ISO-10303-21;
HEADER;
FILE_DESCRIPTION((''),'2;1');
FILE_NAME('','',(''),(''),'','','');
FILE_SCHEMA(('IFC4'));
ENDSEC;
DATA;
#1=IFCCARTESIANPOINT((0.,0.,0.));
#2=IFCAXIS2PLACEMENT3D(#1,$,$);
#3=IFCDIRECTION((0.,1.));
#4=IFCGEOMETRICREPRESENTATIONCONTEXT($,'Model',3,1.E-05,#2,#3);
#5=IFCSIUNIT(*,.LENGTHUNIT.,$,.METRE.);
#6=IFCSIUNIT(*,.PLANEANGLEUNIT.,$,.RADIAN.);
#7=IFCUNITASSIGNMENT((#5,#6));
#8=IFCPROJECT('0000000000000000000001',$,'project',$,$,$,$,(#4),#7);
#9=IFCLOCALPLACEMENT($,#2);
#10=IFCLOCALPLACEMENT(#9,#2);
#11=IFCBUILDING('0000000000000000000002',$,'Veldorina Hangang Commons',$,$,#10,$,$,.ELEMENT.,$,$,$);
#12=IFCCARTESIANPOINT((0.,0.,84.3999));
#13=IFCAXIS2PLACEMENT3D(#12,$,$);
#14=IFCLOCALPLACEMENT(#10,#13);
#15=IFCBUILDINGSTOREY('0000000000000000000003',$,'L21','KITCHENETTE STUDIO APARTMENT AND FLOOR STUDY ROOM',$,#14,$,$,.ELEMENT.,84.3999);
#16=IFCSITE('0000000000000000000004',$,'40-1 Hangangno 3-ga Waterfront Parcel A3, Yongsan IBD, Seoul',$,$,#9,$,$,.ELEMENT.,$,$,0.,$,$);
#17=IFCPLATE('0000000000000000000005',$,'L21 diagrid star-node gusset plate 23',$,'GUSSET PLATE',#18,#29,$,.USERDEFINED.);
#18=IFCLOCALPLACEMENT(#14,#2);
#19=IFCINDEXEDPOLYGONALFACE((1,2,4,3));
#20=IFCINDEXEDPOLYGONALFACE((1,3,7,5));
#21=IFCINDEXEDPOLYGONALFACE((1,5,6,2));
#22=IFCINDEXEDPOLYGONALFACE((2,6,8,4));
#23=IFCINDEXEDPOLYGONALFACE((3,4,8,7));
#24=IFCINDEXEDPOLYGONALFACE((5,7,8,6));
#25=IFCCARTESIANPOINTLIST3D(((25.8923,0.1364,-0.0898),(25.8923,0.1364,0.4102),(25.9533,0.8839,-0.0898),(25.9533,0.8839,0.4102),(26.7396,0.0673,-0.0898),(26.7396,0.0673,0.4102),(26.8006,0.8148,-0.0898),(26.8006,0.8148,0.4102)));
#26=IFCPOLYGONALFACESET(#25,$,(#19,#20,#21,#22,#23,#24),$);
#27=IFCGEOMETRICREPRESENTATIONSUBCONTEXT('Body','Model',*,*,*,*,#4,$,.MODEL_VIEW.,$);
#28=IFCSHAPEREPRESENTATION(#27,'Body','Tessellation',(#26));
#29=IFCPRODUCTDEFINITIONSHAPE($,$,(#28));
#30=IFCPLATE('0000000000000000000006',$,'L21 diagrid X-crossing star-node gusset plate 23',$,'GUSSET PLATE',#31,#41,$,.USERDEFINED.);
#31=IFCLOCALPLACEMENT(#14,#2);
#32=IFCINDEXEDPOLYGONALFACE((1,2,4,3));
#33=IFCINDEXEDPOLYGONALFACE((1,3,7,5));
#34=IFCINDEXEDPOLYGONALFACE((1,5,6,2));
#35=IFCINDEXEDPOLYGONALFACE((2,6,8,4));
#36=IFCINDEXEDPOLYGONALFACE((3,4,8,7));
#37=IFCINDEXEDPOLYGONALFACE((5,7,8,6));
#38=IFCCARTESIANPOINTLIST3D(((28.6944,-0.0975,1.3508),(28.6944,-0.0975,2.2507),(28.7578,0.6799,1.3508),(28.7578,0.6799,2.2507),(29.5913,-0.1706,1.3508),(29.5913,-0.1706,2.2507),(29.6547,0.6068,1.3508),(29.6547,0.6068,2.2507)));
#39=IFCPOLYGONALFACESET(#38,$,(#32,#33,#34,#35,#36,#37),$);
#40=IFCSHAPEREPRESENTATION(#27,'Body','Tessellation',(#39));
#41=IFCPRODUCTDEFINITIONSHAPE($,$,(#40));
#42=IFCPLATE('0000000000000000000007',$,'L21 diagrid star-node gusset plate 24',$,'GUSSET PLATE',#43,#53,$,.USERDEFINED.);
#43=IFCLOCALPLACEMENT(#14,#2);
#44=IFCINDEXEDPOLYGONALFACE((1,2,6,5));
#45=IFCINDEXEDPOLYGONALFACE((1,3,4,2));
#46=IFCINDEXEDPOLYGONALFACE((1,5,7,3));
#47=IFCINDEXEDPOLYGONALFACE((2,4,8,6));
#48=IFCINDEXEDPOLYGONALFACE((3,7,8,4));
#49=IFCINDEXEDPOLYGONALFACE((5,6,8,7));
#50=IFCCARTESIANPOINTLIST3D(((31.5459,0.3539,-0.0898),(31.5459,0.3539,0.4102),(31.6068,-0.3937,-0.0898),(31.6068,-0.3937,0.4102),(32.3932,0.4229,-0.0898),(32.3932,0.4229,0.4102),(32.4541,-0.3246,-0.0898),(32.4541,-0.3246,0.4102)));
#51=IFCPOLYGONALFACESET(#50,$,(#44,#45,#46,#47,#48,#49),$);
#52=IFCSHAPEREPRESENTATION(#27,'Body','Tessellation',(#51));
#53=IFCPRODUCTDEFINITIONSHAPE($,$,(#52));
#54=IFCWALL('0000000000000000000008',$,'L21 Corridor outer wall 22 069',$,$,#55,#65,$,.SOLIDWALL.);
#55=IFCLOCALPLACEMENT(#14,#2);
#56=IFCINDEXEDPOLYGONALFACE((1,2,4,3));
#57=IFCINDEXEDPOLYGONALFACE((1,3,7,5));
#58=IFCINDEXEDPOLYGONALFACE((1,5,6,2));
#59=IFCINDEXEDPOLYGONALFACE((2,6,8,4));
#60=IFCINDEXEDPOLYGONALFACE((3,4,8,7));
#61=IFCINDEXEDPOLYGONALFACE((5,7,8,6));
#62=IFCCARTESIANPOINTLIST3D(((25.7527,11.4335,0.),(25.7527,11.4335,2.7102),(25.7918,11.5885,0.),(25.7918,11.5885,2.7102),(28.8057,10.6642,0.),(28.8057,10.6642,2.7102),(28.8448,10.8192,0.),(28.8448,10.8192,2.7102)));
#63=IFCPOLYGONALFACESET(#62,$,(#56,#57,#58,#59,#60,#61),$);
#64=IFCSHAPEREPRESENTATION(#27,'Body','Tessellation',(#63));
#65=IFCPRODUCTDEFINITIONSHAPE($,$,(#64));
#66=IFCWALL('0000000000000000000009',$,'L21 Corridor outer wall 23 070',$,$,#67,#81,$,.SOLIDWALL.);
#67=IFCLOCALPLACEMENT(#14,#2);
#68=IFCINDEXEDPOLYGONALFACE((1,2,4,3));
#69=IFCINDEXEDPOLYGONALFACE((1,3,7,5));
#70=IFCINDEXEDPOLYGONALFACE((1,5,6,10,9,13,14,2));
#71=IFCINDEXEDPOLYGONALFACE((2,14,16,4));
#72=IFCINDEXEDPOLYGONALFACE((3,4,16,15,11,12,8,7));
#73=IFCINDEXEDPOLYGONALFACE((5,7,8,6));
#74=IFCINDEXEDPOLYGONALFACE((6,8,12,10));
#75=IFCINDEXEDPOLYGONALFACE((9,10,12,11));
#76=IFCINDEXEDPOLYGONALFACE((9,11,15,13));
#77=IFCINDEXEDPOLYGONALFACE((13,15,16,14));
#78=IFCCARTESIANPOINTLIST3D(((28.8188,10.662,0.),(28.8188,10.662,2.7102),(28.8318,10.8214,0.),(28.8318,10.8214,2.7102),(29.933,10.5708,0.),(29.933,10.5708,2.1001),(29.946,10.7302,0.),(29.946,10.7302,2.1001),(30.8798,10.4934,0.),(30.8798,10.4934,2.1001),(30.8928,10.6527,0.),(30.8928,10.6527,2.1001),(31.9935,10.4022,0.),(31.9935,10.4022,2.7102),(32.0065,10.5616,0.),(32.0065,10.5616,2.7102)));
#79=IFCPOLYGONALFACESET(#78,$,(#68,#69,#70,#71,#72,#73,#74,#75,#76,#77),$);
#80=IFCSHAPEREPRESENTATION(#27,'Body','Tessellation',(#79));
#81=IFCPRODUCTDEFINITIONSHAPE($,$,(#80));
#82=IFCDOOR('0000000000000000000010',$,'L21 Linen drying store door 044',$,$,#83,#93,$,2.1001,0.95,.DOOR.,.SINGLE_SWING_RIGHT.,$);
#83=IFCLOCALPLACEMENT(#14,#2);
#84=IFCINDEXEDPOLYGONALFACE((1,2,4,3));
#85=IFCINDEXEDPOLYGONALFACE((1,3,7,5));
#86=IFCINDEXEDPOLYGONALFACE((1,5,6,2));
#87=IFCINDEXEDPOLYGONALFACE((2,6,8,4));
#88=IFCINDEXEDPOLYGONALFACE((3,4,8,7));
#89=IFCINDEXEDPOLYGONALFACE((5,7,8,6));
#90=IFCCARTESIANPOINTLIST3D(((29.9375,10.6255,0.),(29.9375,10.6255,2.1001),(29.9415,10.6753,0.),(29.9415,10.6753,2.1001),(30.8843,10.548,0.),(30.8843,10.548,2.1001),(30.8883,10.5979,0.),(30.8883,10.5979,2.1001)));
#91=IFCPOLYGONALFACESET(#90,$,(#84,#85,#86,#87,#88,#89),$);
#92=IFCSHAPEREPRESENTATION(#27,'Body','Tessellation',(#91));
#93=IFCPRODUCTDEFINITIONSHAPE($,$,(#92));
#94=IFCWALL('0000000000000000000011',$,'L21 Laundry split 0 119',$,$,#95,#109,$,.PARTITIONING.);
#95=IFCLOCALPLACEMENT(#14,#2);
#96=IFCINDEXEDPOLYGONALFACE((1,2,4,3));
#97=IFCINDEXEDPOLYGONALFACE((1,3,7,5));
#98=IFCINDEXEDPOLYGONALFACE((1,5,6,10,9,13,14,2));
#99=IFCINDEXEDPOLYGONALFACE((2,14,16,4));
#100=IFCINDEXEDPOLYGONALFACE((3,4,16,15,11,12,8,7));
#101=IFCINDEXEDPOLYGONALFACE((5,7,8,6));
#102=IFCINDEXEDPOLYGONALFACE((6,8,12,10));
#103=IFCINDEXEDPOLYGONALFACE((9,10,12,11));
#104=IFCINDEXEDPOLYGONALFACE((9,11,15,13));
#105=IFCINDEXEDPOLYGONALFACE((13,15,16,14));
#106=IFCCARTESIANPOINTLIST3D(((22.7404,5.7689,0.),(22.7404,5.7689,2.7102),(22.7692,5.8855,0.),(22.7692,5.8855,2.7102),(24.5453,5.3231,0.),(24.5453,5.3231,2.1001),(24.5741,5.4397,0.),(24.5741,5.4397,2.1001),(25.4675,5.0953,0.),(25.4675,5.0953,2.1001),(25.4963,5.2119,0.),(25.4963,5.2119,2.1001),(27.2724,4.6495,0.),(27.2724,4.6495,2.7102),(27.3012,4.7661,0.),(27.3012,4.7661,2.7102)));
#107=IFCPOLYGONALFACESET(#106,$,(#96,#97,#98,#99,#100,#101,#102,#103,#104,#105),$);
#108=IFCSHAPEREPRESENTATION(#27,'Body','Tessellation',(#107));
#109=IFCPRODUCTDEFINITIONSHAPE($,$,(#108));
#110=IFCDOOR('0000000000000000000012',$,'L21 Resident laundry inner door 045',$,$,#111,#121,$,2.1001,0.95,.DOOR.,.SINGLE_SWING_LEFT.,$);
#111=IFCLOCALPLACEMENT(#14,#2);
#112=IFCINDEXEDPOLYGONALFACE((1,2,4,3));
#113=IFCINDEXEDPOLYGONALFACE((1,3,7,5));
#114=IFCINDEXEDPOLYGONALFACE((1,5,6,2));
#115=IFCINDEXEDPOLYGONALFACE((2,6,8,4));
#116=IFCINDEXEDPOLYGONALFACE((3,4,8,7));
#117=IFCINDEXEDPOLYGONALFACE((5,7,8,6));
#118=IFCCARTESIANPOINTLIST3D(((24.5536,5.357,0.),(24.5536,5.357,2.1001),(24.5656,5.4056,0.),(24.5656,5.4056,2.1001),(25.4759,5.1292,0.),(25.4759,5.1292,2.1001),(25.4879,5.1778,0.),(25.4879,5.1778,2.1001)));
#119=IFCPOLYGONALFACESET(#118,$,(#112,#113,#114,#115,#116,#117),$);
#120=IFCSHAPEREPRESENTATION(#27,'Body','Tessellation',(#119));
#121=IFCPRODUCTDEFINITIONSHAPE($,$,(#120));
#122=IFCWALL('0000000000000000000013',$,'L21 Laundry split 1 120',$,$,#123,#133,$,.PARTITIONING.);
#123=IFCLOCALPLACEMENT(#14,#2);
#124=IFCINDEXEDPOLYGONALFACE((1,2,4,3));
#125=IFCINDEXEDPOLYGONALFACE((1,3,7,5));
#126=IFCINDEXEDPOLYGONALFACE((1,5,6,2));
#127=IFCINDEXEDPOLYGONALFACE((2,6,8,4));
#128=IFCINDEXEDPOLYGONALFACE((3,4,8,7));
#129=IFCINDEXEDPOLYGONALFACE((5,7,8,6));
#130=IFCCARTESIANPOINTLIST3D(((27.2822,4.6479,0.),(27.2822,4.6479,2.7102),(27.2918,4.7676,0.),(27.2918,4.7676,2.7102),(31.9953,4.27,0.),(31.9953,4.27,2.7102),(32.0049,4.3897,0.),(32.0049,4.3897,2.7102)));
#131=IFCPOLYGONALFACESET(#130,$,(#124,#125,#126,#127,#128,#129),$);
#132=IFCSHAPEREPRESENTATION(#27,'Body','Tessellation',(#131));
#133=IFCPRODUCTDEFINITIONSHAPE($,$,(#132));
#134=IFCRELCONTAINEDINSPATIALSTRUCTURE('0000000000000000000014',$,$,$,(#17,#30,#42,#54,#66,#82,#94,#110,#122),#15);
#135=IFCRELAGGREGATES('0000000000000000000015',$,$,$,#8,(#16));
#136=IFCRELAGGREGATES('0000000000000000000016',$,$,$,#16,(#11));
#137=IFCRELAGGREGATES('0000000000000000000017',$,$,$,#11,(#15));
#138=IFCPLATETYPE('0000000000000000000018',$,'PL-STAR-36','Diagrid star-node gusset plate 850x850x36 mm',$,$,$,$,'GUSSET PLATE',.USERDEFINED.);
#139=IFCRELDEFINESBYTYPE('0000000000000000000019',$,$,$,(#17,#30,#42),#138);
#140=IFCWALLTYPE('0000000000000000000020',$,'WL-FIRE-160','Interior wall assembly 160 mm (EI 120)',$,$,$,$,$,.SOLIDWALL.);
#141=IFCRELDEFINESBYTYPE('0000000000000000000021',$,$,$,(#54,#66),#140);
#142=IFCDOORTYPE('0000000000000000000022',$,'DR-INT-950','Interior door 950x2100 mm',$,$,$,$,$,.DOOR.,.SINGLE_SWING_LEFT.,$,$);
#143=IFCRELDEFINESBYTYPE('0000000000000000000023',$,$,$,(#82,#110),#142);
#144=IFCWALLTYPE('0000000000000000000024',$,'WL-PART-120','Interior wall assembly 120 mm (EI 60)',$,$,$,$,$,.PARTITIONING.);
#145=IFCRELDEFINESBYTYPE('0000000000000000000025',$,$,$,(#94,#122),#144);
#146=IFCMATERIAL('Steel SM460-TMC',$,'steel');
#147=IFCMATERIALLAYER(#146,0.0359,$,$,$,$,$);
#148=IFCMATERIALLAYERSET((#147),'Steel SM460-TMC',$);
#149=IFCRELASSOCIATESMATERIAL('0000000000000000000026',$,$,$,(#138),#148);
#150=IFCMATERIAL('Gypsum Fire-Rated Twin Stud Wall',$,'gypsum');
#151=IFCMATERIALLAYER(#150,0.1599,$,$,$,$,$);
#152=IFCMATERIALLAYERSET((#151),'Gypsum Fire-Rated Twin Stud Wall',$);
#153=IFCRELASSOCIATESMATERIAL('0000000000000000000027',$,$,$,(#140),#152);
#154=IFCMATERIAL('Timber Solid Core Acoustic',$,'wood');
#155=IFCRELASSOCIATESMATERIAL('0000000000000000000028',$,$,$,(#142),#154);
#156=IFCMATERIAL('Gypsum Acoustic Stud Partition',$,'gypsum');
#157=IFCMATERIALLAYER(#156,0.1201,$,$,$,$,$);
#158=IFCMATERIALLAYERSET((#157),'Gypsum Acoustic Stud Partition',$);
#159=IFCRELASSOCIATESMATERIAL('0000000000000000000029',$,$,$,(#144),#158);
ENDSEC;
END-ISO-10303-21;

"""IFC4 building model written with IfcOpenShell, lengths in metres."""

from ifc_helpers import new_model, si_unit, direction, frame, frame_2d, origin, origin_2d, place, context, subcontext, project, spatial, rectangle, extrude, material, layer, layer_set, type_object, element, fill, save


model = new_model("IFC4")

# Units and contexts
model_context = context("Model", 3, precision=1e-05, world=origin(), true_north=direction((0.0, 1.0)))
body_context = subcontext(model_context, "Body", "Model", "MODEL_VIEW")
ifc_project = project(units=[si_unit("LENGTHUNIT", "METRE"), si_unit("PLANEANGLEUNIT", "RADIAN")], contexts=[model_context])

# Site, building, storey
site_placement = place(None, origin())
site = spatial("IfcSite", under=ifc_project, at=site_placement, Name="40-1 Hangangno 3-ga Waterfront Parcel A3, Yongsan IBD, Seoul", CompositionType="ELEMENT", RefElevation=0.0)
building_placement = place(site_placement, origin())
building = spatial("IfcBuilding", under=site, at=building_placement, Name="Veldorina Hangang Commons", CompositionType="ELEMENT")
storey_placement = place(building_placement, frame((0.0, 0.0, 84.3999)))
storey = spatial("IfcBuildingStorey", under=building, at=storey_placement, Name="L21", Description="KITCHENETTE STUDIO APARTMENT AND FLOOR STUDY ROOM", CompositionType="ELEMENT", Elevation=84.3999)

# Shared definitions
ifc_material_1 = material(Name="Steel SM460-TMC", Category="steel")

# Plates
ifc_layer_1 = layer(ifc_material_1, 0.0359)
ifc_layer_set_1 = layer_set([ifc_layer_1], Name="Steel SM460-TMC")
plate_type_1 = type_object("IfcPlateType", Name="PL-STAR-36", Description="Diagrid star-node gusset plate 850x850x36 mm", ElementType="GUSSET PLATE", PredefinedType="USERDEFINED", material=ifc_layer_set_1)
plate_1_placement = place(storey_placement, frame((26.3464, 0.4756, -0.0898), z_axis=(0.0, 0.0, 1.0), x_axis=(0.996693, -0.08126, 0.0)))
element("IfcPlate", 1, at=plate_1_placement, inside=storey, type_object=plate_type_1, Name="L21 diagrid star-node gusset plate 23", ObjectType="GUSSET PLATE", PredefinedType="USERDEFINED", context=body_context, shape_type="SweptSolid", body=[
    extrude(rectangle(XDim=0.8501, YDim=0.75, at=origin_2d()), origin(), (0.0, 0.0, 1.0), 0.5),
])
plate_2_placement = place(storey_placement, frame((29.1746, 0.2546, 1.3508), z_axis=(0.0, 0.0, 1.0), x_axis=(0.996693, -0.08126, 0.0)))
element("IfcPlate", 2, at=plate_2_placement, inside=storey, type_object=plate_type_1, Name="L21 diagrid X-crossing star-node gusset plate 23", ObjectType="GUSSET PLATE", PredefinedType="USERDEFINED", context=body_context, shape_type="SweptSolid", body=[
    extrude(rectangle(XDim=0.8999, YDim=0.78, at=origin_2d()), origin(), (0.0, 0.0, 1.0), 0.8999),
])
plate_3_placement = place(storey_placement, frame((32.0, 0.0146, -0.0898), z_axis=(0.0, 0.0, 1.0), x_axis=(0.996693, 0.08126, 0.0)))
element("IfcPlate", 3, at=plate_3_placement, inside=storey, type_object=plate_type_1, Name="L21 diagrid star-node gusset plate 24", ObjectType="GUSSET PLATE", PredefinedType="USERDEFINED", context=body_context, shape_type="SweptSolid", body=[
    extrude(rectangle(XDim=0.8501, YDim=0.75, at=origin_2d()), origin(), (0.0, 0.0, 1.0), 0.5),
])

# Wall
ifc_material_2 = material(Name="Gypsum Fire-Rated Twin Stud Wall", Category="gypsum")
ifc_layer_2 = layer(ifc_material_2, 0.1599)
ifc_layer_set_2 = layer_set([ifc_layer_2], Name="Gypsum Fire-Rated Twin Stud Wall")
wall_type_1 = type_object("IfcWallType", Name="WL-FIRE-160", Description="Interior wall assembly 160 mm (EI 120)", PredefinedType="SOLIDWALL", material=ifc_layer_set_2)
wall_1_placement = place(storey_placement, frame((25.7722, 11.511, 0.0), z_axis=(0.0, 0.0, 1.0), x_axis=(0.969689, -0.244342, 0.0)))
element("IfcWall", 4, at=wall_1_placement, inside=storey, type_object=wall_type_1, Name="L21 Corridor outer wall 22 069", PredefinedType="SOLIDWALL", context=body_context, shape_type="SweptSolid", body=[
    extrude(rectangle(XDim=3.1484, YDim=0.1599, at=frame_2d((1.5742, 0.0))), origin(), (0.0, 0.0, 1.0), 2.7102),
])

# Walls, openings, doors
wall_2_placement = place(storey_placement, frame((28.8252, 10.7417, 0.0), z_axis=(0.0, 0.0, 1.0), x_axis=(0.996669, -0.081548, 0.0)))
wall_2 = element("IfcWall", 5, at=wall_2_placement, inside=storey, type_object=wall_type_1, Name="L21 Corridor outer wall 23 070", PredefinedType="SOLIDWALL", context=body_context, shape_type="SweptSolid", body=[
    extrude(rectangle(XDim=3.1853, YDim=0.1599, at=frame_2d((1.5928, 0.0))), origin(), (0.0, 0.0, 1.0), 2.7102),
])
opening_1_placement = place(wall_2_placement, frame((1.1179, 0.0, 0.0)))
opening_1 = element("IfcOpeningElement", 6, at=opening_1_placement, cuts=wall_2, PredefinedType="OPENING", context=body_context, shape_type="SweptSolid", body=[
    extrude(rectangle(XDim=0.95, YDim=2.1001, at=frame_2d((0.4751, 1.05))), frame((0.0, 0.0898, 0.0), z_axis=(0.0, -1.0, 0.0), x_axis=(1.0, 0.0, 0.0)), (0.0, 0.0, 1.0), 0.1799),
])
ifc_material_3 = material(Name="Timber Solid Core Acoustic", Category="wood")
door_type = type_object("IfcDoorType", Name="DR-INT-950", Description="Interior door 950x2100 mm", OperationType="SINGLE_SWING_LEFT", PredefinedType="DOOR", material=ifc_material_3)
door_1_placement = place(opening_1_placement, origin())
door_1 = element("IfcDoor", 7, at=door_1_placement, inside=storey, type_object=door_type, Name="L21 Linen drying store door 044", OperationType="SINGLE_SWING_RIGHT", OverallHeight=2.1001, OverallWidth=0.95, PredefinedType="DOOR", context=body_context, shape_type="SweptSolid", body=[
    extrude(rectangle(XDim=0.95, YDim=2.1001, at=frame_2d((0.4751, 1.05))), frame((0.0, 0.0249, 0.0), z_axis=(0.0, -1.0, 0.0), x_axis=(1.0, 0.0, 0.0)), (0.0, 0.0, 1.0), 0.05),
])
fill(opening_1, door_1)
ifc_material_4 = material(Name="Gypsum Acoustic Stud Partition", Category="gypsum")
ifc_layer_3 = layer(ifc_material_4, 0.1201)
ifc_layer_set_3 = layer_set([ifc_layer_3], Name="Gypsum Acoustic Stud Partition")
wall_type_2 = type_object("IfcWallType", Name="WL-PART-120", Description="Interior wall assembly 120 mm (EI 60)", PredefinedType="PARTITIONING", material=ifc_layer_set_3)
wall_3_placement = place(storey_placement, frame((22.7549, 5.8271, 0.0), z_axis=(0.0, 0.0, 1.0), x_axis=(0.970825, -0.239791, 0.0)))
wall_3 = element("IfcWall", 8, at=wall_3_placement, inside=storey, type_object=wall_type_2, Name="L21 Laundry split 0 119", PredefinedType="PARTITIONING", context=body_context, shape_type="SweptSolid", body=[
    extrude(rectangle(XDim=4.6682, YDim=0.1201, at=frame_2d((2.334, 0.0))), origin(), (0.0, 0.0, 1.0), 2.7102),
])
opening_2_placement = place(wall_3_placement, frame((1.8589, 0.0, 0.0)))
opening_2 = element("IfcOpeningElement", 9, at=opening_2_placement, cuts=wall_3, PredefinedType="OPENING", context=body_context, shape_type="SweptSolid", body=[
    extrude(rectangle(XDim=0.95, YDim=2.1001, at=frame_2d((0.4751, 1.05))), frame((0.0, 0.0701, 0.0), z_axis=(0.0, -1.0, 0.0), x_axis=(1.0, 0.0, 0.0)), (0.0, 0.0, 1.0), 0.1401),
])
door_2_placement = place(opening_2_placement, origin())
door_2 = element("IfcDoor", 10, at=door_2_placement, inside=storey, type_object=door_type, Name="L21 Resident laundry inner door 045", OperationType="SINGLE_SWING_LEFT", OverallHeight=2.1001, OverallWidth=0.95, PredefinedType="DOOR", context=body_context, shape_type="SweptSolid", body=[
    extrude(rectangle(XDim=0.95, YDim=2.1001, at=frame_2d((0.4751, 1.05))), frame((0.0, 0.0249, 0.0), z_axis=(0.0, -1.0, 0.0), x_axis=(1.0, 0.0, 0.0)), (0.0, 0.0, 1.0), 0.05),
])
fill(opening_2, door_2)

# Wall
wall_4_placement = place(storey_placement, frame((27.2869, 4.7078, 0.0), z_axis=(0.0, 0.0, 1.0), x_axis=(0.9968, -0.07993, 0.0)))
element("IfcWall", 11, at=wall_4_placement, inside=storey, type_object=wall_type_2, Name="L21 Laundry split 1 120", PredefinedType="PARTITIONING", context=body_context, shape_type="SweptSolid", body=[
    extrude(rectangle(XDim=4.7283, YDim=0.1201, at=frame_2d((2.3643, 0.0))), origin(), (0.0, 0.0, 1.0), 2.7102),
])

save(model, "model.ifc")
